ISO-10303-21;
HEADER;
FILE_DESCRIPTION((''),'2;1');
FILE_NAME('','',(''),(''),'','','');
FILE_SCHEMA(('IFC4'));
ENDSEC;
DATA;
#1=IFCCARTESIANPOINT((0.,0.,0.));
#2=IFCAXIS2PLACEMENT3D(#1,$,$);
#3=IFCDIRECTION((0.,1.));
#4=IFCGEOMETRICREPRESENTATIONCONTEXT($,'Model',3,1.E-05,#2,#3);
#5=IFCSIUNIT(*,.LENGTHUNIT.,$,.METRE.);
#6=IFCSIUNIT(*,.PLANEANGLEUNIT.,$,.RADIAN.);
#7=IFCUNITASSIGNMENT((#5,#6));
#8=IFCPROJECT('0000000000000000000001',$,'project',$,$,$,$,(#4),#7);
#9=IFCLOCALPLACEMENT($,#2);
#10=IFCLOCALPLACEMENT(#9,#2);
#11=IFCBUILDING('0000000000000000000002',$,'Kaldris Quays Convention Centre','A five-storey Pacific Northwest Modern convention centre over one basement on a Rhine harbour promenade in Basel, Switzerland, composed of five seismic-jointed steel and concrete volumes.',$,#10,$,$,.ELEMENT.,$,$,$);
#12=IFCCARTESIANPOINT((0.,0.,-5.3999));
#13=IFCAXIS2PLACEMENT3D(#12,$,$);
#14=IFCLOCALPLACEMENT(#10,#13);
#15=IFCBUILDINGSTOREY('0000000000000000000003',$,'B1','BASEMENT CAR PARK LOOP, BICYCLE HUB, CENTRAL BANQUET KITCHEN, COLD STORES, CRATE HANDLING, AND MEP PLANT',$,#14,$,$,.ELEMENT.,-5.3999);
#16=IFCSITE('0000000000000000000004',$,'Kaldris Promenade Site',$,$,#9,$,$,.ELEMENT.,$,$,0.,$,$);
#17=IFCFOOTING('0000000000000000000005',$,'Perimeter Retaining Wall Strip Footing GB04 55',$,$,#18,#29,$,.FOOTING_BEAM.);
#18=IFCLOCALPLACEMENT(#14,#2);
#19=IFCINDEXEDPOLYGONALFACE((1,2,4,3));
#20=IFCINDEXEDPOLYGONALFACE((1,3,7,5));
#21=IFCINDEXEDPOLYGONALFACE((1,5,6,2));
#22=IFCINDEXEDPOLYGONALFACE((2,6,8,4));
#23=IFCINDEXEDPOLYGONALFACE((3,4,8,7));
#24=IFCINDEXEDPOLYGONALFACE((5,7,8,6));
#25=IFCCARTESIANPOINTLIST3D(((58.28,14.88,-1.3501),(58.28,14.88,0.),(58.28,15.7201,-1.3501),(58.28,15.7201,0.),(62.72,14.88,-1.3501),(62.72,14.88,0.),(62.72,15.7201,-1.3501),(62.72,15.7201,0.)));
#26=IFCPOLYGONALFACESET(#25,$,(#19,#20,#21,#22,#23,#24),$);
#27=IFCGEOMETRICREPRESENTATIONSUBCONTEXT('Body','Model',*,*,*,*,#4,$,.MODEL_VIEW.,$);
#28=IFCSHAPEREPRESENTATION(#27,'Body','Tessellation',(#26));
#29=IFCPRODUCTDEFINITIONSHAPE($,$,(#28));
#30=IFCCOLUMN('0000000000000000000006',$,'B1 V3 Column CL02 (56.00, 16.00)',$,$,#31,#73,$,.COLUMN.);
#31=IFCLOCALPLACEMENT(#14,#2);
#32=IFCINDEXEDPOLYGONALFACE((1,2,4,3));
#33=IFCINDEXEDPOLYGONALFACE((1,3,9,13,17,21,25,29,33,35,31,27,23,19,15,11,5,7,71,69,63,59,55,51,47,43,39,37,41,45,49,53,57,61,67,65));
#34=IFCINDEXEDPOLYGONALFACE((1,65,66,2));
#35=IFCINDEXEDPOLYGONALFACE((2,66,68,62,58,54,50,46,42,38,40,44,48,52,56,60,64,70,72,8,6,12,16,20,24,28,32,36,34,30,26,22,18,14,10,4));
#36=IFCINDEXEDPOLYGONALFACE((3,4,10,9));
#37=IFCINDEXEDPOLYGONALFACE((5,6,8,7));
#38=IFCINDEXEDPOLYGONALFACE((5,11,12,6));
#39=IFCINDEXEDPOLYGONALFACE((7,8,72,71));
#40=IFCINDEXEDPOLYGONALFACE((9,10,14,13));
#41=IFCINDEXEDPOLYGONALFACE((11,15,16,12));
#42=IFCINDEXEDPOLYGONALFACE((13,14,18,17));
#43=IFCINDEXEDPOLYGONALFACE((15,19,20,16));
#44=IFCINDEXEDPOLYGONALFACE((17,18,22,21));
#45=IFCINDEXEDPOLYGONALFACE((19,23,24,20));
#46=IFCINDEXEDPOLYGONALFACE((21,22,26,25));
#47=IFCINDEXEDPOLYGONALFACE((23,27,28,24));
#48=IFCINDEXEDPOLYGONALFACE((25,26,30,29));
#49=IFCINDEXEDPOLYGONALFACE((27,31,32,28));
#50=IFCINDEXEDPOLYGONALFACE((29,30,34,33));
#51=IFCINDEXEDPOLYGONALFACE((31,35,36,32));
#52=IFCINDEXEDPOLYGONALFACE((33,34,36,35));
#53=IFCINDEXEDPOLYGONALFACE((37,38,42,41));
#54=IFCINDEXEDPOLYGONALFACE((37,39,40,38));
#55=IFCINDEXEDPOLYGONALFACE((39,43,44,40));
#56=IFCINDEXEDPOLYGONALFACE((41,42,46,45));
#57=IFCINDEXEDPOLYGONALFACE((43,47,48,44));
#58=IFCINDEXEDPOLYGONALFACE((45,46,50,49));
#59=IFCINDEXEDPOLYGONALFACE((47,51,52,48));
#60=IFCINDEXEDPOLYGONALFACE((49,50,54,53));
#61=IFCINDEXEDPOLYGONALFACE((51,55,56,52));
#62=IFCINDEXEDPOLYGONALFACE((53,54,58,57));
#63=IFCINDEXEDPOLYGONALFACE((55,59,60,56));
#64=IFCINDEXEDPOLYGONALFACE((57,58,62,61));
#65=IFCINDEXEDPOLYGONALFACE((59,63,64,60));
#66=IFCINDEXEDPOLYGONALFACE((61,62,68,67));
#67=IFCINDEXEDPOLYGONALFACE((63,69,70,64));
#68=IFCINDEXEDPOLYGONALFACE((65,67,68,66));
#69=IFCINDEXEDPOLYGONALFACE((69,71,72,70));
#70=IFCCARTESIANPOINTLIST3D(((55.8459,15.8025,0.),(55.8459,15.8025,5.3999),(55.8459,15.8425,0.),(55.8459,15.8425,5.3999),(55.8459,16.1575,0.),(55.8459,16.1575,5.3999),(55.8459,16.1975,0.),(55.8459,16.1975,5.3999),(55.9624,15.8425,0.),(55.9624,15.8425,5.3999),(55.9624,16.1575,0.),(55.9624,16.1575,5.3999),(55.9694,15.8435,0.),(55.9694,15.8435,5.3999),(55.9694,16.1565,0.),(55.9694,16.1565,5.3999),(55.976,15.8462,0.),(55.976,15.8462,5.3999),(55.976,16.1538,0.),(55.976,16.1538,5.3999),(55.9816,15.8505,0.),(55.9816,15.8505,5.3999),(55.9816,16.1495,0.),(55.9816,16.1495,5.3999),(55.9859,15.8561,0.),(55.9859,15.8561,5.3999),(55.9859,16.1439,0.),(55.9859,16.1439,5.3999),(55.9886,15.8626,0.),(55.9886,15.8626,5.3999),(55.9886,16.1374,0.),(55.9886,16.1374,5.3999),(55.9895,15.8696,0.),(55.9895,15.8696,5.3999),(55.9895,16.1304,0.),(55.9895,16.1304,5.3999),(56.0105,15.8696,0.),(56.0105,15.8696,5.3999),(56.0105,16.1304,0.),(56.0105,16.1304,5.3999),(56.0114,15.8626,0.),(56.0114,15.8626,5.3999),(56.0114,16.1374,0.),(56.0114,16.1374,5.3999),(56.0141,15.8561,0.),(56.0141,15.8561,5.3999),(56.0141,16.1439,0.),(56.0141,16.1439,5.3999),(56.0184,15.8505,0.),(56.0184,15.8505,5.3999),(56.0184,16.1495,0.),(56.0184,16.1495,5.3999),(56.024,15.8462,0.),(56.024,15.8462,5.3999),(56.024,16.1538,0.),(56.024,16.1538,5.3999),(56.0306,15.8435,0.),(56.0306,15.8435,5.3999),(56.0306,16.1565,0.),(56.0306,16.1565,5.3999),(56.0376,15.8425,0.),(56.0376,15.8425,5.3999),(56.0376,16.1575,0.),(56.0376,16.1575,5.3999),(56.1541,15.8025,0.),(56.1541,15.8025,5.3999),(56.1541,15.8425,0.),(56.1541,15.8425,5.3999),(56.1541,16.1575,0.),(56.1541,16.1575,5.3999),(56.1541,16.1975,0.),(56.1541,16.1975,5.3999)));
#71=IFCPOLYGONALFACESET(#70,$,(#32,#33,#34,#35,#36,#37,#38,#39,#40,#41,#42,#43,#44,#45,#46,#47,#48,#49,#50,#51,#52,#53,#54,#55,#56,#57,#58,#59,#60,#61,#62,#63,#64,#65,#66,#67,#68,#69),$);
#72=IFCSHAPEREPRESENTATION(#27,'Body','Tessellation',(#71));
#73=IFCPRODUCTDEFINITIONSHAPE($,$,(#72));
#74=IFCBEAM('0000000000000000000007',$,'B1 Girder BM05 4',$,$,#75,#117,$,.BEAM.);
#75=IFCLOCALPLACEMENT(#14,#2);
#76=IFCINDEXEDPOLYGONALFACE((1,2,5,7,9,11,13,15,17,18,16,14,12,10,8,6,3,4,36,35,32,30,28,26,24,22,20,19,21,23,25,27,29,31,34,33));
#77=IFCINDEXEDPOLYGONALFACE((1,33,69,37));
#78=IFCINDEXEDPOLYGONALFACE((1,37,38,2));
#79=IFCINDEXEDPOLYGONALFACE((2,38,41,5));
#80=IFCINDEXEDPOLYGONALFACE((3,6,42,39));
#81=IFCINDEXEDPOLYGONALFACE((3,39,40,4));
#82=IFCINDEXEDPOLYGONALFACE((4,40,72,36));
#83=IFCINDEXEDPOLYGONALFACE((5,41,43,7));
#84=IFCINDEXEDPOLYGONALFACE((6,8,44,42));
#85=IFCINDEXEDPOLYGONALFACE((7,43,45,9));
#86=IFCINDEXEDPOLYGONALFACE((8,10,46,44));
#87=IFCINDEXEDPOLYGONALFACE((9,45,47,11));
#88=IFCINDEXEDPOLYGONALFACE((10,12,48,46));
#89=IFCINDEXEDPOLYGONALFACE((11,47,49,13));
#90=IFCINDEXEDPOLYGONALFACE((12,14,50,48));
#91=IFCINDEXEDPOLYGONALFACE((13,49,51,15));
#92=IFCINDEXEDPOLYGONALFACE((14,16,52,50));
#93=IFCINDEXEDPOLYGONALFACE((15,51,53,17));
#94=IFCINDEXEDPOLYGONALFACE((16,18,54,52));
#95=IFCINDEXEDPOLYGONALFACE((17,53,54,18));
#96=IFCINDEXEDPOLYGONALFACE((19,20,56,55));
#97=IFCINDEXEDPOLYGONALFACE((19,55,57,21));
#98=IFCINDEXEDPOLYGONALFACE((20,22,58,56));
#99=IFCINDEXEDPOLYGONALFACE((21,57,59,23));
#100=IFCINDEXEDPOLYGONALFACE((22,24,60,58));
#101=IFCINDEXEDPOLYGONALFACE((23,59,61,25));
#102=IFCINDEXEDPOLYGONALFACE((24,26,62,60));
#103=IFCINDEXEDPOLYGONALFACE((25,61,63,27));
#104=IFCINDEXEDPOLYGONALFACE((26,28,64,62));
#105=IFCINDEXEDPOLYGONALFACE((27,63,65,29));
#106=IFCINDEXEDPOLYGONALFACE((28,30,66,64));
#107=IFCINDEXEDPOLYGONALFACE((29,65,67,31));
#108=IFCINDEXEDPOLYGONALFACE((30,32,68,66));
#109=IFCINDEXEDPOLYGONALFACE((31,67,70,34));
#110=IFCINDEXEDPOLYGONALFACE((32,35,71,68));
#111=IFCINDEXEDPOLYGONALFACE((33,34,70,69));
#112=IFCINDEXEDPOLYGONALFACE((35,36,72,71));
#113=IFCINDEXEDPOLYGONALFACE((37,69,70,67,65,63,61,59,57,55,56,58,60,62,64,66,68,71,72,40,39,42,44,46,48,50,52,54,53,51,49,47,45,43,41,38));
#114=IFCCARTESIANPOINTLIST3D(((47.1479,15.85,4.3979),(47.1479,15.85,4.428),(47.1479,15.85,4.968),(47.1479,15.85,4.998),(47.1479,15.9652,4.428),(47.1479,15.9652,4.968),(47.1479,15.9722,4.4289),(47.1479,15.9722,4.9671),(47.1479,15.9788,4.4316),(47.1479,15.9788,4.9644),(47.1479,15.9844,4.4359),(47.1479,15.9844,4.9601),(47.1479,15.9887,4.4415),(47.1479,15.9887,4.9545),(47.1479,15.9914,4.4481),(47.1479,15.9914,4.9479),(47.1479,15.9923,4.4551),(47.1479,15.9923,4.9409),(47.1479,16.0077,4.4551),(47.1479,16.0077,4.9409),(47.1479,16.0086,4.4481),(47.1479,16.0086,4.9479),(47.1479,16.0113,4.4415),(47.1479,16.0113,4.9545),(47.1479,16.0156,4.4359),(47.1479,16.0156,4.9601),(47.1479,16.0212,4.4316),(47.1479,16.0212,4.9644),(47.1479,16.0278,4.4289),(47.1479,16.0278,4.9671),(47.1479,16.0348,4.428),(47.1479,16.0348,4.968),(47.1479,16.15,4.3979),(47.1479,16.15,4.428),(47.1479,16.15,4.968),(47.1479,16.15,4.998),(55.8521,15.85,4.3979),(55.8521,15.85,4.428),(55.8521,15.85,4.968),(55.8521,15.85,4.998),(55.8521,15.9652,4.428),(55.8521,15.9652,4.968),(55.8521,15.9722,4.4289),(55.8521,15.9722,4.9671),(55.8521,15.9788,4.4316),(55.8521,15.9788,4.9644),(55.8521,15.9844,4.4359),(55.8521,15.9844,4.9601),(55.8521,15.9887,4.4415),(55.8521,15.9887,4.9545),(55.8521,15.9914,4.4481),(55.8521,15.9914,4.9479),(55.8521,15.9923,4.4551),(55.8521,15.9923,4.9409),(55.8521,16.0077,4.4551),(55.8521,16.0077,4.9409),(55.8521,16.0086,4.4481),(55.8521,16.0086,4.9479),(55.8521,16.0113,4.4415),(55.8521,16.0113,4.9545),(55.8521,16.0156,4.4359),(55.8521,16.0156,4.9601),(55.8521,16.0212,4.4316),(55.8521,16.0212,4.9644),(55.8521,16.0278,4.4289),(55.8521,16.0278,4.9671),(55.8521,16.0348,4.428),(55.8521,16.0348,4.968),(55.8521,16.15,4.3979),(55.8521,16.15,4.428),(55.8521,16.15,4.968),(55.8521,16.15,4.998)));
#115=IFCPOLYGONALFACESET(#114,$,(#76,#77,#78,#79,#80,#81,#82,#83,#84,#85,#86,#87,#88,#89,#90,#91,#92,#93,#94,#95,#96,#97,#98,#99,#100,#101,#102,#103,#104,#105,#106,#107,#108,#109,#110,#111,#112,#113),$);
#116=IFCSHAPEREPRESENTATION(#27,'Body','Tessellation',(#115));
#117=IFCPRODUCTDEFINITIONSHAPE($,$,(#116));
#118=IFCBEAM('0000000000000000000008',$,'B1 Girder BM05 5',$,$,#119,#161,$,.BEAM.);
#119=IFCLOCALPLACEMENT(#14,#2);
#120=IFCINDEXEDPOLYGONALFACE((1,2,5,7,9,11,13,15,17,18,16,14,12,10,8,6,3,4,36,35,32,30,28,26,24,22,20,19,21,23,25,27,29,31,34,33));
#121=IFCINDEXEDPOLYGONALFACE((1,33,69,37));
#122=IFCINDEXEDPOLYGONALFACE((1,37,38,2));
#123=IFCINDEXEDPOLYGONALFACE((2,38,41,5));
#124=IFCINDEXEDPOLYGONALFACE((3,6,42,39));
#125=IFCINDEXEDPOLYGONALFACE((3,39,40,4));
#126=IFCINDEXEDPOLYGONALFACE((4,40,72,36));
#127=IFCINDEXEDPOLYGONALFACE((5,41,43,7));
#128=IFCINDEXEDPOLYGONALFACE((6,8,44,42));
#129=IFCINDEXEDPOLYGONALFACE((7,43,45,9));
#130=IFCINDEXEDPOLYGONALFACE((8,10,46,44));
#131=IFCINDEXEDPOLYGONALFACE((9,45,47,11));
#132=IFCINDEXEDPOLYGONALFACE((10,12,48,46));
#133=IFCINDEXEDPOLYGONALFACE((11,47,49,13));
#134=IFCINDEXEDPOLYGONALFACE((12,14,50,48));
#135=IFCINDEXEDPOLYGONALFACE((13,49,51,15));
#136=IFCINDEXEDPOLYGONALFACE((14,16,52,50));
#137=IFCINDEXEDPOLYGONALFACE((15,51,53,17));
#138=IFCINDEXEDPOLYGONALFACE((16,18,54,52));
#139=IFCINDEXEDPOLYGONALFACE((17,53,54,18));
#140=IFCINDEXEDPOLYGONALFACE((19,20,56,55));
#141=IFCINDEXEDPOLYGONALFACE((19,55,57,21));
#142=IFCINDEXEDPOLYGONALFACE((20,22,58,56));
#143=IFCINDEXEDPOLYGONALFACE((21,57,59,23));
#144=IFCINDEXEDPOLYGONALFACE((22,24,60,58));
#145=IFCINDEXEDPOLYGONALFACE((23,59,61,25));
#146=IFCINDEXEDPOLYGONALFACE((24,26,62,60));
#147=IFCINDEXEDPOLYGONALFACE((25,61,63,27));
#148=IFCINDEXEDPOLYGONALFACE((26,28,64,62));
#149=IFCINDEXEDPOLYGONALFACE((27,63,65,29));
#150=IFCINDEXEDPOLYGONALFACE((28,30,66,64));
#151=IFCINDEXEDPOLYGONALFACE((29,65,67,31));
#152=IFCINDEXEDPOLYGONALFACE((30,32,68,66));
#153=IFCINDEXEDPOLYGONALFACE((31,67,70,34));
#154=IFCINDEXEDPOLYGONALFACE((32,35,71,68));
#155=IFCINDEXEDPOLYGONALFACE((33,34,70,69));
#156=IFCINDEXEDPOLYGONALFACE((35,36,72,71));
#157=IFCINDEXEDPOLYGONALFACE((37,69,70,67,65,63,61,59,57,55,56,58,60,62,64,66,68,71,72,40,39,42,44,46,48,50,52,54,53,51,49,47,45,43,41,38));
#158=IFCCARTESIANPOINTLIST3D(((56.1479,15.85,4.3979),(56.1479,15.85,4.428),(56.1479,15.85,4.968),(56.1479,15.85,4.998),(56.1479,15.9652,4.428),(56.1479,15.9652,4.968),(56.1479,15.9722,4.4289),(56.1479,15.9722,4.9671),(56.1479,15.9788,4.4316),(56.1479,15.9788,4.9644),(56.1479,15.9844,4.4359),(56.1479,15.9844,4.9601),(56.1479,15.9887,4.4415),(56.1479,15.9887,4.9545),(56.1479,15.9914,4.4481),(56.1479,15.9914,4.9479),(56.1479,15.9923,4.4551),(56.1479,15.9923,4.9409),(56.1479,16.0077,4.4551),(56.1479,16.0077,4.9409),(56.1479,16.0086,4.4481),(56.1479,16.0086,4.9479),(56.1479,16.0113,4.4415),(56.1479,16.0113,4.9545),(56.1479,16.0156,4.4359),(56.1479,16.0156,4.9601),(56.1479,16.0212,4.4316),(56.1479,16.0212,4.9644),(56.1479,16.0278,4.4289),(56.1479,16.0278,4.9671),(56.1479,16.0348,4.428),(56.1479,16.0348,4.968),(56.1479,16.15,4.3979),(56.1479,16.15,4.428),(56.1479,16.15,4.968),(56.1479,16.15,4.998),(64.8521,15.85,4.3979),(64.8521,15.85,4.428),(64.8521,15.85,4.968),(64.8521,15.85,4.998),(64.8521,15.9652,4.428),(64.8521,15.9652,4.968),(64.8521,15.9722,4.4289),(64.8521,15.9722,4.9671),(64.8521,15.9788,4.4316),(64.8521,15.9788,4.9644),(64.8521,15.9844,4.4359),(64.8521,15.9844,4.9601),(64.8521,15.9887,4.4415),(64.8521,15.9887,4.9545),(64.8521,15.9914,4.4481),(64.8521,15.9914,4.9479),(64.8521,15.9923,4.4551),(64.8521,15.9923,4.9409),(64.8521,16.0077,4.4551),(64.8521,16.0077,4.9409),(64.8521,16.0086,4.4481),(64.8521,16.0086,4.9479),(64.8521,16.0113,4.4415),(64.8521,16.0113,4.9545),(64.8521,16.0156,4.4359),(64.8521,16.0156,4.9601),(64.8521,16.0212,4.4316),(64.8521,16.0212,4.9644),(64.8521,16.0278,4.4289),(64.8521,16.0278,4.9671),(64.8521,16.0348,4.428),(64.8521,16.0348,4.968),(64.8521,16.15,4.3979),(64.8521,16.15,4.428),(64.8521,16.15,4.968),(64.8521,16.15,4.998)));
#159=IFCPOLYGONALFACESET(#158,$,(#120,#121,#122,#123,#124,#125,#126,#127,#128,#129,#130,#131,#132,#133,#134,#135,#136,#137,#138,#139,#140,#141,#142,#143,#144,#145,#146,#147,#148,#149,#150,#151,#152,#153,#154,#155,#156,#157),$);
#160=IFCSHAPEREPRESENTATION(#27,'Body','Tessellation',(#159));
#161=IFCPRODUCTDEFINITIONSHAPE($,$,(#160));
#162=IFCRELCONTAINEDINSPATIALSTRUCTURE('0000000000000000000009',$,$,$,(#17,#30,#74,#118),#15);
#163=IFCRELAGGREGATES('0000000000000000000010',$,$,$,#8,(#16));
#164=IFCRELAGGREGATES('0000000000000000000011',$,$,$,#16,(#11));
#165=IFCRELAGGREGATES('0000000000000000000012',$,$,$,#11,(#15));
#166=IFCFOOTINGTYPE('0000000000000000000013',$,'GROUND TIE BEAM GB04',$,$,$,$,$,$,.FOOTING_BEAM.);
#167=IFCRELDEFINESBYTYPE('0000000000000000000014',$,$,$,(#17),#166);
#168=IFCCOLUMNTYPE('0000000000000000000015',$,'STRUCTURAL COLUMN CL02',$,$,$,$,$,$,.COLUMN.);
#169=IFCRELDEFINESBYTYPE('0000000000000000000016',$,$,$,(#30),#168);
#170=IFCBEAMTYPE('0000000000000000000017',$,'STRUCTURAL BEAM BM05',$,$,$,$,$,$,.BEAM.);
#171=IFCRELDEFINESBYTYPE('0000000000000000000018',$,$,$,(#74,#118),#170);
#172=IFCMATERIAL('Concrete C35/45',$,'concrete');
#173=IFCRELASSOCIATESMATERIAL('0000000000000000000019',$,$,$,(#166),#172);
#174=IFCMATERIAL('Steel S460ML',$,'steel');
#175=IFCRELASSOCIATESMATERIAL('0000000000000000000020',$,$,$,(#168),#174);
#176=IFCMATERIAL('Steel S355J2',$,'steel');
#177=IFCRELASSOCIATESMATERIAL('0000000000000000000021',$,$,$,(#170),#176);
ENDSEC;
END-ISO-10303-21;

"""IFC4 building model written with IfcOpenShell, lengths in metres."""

from ifc_helpers import new_model, si_unit, direction, frame, origin, origin_2d, place, context, subcontext, project, spatial, rectangle, i_section, extrude, material, material_profile, profile_set, type_object, element, save


model = new_model("IFC4")

# Units and contexts
model_context = context("Model", 3, precision=1e-05, world=origin(), true_north=direction((0.0, 1.0)))
body_context = subcontext(model_context, "Body", "Model", "MODEL_VIEW")
ifc_project = project(units=[si_unit("LENGTHUNIT", "METRE"), si_unit("PLANEANGLEUNIT", "RADIAN")], contexts=[model_context])

# Site, building, storey
site_placement = place(None, origin())
site = spatial("IfcSite", under=ifc_project, at=site_placement, Name="Kaldris Promenade Site", CompositionType="ELEMENT", RefElevation=0.0)
building_placement = place(site_placement, origin())
building = spatial("IfcBuilding", under=site, at=building_placement, Name="Kaldris Quays Convention Centre", Description="A five-storey Pacific Northwest Modern convention centre over one basement on a Rhine harbour promenade in Basel, Switzerland, composed of five seismic-jointed steel and concrete volumes.", CompositionType="ELEMENT")
storey_placement = place(building_placement, frame((0.0, 0.0, -5.3999)))
storey = spatial("IfcBuildingStorey", under=building, at=storey_placement, Name="B1", Description="BASEMENT CAR PARK LOOP, BICYCLE HUB, CENTRAL BANQUET KITCHEN, COLD STORES, CRATE HANDLING, AND MEP PLANT", CompositionType="ELEMENT", Elevation=-5.3999)

# Shared definitions
ifc_material_1 = material(Name="Concrete C35/45", Category="concrete")

# Footing
footing_type_1 = type_object("IfcFootingType", Name="GROUND TIE BEAM GB04", PredefinedType="FOOTING_BEAM", material=ifc_material_1)
footing_1_placement = place(storey_placement, frame((60.5, 15.3, -1.3501), z_axis=(0.0, 0.0, 1.0), x_axis=(1.0, 0.0, 0.0)))
element("IfcFooting", 1, at=footing_1_placement, inside=storey, type_object=footing_type_1, Name="Perimeter Retaining Wall Strip Footing GB04 55", PredefinedType="FOOTING_BEAM", context=body_context, shape_type="SweptSolid", body=[
    extrude(rectangle(XDim=4.4399, YDim=0.8401, at=origin_2d()), origin(), (0.0, 0.0, 1.0), 1.3501),
])

# Column
ifc_material_2 = material(Name="Steel S460ML", Category="steel")
ifc_material_profile_1 = material_profile(ifc_material_2, i_section(OverallWidth=0.3081, OverallDepth=0.395, WebThickness=0.021, FlangeThickness=0.04, FilletRadius=0.0271, at=origin_2d()), Name="HEM 360")
ifc_profile_set_1 = profile_set([ifc_material_profile_1], Name="Steel S460ML")
column_type = type_object("IfcColumnType", Name="STRUCTURAL COLUMN CL02", PredefinedType="COLUMN", material=ifc_profile_set_1)
column_placement = place(storey_placement, frame((56.0, 16.0, 0.0), z_axis=(0.0, 0.0, 1.0), x_axis=(1.0, 0.0, 0.0)))
element("IfcColumn", 2, at=column_placement, inside=storey, type_object=column_type, Name="B1 V3 Column CL02 (56.00, 16.00)", PredefinedType="COLUMN", context=body_context, shape_type="SweptSolid", body=[
    extrude(i_section(OverallWidth=0.3081, OverallDepth=0.395, WebThickness=0.021, FlangeThickness=0.04, FilletRadius=0.0271, at=origin_2d()), origin(), (0.0, 0.0, 1.0), 5.3999),
])

# Beams
ifc_material_3 = material(Name="Steel S355J2", Category="steel")
ifc_material_profile_2 = material_profile(ifc_material_3, i_section(OverallWidth=0.3, OverallDepth=0.6001, WebThickness=0.0154, FlangeThickness=0.03, FilletRadius=0.0271, at=origin_2d()), Name="HEB 600")
ifc_profile_set_2 = profile_set([ifc_material_profile_2], Name="Steel S355J2")
beam_type_1 = type_object("IfcBeamType", Name="STRUCTURAL BEAM BM05", PredefinedType="BEAM", material=ifc_profile_set_2)
for number, where, z_axis, x_axis, name in (
    (3, (47.1479, 16.0, 4.698), (1.0, 0.0, 0.0), (0.0, 1.0, 0.0), "B1 Girder BM05 4"),
    (4, (56.1479, 16.0, 4.698), (1.0, 0.0, 0.0), (0.0, 1.0, 0.0), "B1 Girder BM05 5"),
):
    element("IfcBeam", number, at=place(storey_placement, frame(where, z_axis=z_axis, x_axis=x_axis)), inside=storey, type_object=beam_type_1, Name=name, PredefinedType="BEAM", context=body_context, shape_type="SweptSolid", body=[
        extrude(i_section(OverallWidth=0.3, OverallDepth=0.6001, WebThickness=0.0154, FlangeThickness=0.03, FilletRadius=0.0271, at=origin_2d()), origin(), (0.0, 0.0, 1.0), 8.7041),
    ])

save(model, "model.ifc")
